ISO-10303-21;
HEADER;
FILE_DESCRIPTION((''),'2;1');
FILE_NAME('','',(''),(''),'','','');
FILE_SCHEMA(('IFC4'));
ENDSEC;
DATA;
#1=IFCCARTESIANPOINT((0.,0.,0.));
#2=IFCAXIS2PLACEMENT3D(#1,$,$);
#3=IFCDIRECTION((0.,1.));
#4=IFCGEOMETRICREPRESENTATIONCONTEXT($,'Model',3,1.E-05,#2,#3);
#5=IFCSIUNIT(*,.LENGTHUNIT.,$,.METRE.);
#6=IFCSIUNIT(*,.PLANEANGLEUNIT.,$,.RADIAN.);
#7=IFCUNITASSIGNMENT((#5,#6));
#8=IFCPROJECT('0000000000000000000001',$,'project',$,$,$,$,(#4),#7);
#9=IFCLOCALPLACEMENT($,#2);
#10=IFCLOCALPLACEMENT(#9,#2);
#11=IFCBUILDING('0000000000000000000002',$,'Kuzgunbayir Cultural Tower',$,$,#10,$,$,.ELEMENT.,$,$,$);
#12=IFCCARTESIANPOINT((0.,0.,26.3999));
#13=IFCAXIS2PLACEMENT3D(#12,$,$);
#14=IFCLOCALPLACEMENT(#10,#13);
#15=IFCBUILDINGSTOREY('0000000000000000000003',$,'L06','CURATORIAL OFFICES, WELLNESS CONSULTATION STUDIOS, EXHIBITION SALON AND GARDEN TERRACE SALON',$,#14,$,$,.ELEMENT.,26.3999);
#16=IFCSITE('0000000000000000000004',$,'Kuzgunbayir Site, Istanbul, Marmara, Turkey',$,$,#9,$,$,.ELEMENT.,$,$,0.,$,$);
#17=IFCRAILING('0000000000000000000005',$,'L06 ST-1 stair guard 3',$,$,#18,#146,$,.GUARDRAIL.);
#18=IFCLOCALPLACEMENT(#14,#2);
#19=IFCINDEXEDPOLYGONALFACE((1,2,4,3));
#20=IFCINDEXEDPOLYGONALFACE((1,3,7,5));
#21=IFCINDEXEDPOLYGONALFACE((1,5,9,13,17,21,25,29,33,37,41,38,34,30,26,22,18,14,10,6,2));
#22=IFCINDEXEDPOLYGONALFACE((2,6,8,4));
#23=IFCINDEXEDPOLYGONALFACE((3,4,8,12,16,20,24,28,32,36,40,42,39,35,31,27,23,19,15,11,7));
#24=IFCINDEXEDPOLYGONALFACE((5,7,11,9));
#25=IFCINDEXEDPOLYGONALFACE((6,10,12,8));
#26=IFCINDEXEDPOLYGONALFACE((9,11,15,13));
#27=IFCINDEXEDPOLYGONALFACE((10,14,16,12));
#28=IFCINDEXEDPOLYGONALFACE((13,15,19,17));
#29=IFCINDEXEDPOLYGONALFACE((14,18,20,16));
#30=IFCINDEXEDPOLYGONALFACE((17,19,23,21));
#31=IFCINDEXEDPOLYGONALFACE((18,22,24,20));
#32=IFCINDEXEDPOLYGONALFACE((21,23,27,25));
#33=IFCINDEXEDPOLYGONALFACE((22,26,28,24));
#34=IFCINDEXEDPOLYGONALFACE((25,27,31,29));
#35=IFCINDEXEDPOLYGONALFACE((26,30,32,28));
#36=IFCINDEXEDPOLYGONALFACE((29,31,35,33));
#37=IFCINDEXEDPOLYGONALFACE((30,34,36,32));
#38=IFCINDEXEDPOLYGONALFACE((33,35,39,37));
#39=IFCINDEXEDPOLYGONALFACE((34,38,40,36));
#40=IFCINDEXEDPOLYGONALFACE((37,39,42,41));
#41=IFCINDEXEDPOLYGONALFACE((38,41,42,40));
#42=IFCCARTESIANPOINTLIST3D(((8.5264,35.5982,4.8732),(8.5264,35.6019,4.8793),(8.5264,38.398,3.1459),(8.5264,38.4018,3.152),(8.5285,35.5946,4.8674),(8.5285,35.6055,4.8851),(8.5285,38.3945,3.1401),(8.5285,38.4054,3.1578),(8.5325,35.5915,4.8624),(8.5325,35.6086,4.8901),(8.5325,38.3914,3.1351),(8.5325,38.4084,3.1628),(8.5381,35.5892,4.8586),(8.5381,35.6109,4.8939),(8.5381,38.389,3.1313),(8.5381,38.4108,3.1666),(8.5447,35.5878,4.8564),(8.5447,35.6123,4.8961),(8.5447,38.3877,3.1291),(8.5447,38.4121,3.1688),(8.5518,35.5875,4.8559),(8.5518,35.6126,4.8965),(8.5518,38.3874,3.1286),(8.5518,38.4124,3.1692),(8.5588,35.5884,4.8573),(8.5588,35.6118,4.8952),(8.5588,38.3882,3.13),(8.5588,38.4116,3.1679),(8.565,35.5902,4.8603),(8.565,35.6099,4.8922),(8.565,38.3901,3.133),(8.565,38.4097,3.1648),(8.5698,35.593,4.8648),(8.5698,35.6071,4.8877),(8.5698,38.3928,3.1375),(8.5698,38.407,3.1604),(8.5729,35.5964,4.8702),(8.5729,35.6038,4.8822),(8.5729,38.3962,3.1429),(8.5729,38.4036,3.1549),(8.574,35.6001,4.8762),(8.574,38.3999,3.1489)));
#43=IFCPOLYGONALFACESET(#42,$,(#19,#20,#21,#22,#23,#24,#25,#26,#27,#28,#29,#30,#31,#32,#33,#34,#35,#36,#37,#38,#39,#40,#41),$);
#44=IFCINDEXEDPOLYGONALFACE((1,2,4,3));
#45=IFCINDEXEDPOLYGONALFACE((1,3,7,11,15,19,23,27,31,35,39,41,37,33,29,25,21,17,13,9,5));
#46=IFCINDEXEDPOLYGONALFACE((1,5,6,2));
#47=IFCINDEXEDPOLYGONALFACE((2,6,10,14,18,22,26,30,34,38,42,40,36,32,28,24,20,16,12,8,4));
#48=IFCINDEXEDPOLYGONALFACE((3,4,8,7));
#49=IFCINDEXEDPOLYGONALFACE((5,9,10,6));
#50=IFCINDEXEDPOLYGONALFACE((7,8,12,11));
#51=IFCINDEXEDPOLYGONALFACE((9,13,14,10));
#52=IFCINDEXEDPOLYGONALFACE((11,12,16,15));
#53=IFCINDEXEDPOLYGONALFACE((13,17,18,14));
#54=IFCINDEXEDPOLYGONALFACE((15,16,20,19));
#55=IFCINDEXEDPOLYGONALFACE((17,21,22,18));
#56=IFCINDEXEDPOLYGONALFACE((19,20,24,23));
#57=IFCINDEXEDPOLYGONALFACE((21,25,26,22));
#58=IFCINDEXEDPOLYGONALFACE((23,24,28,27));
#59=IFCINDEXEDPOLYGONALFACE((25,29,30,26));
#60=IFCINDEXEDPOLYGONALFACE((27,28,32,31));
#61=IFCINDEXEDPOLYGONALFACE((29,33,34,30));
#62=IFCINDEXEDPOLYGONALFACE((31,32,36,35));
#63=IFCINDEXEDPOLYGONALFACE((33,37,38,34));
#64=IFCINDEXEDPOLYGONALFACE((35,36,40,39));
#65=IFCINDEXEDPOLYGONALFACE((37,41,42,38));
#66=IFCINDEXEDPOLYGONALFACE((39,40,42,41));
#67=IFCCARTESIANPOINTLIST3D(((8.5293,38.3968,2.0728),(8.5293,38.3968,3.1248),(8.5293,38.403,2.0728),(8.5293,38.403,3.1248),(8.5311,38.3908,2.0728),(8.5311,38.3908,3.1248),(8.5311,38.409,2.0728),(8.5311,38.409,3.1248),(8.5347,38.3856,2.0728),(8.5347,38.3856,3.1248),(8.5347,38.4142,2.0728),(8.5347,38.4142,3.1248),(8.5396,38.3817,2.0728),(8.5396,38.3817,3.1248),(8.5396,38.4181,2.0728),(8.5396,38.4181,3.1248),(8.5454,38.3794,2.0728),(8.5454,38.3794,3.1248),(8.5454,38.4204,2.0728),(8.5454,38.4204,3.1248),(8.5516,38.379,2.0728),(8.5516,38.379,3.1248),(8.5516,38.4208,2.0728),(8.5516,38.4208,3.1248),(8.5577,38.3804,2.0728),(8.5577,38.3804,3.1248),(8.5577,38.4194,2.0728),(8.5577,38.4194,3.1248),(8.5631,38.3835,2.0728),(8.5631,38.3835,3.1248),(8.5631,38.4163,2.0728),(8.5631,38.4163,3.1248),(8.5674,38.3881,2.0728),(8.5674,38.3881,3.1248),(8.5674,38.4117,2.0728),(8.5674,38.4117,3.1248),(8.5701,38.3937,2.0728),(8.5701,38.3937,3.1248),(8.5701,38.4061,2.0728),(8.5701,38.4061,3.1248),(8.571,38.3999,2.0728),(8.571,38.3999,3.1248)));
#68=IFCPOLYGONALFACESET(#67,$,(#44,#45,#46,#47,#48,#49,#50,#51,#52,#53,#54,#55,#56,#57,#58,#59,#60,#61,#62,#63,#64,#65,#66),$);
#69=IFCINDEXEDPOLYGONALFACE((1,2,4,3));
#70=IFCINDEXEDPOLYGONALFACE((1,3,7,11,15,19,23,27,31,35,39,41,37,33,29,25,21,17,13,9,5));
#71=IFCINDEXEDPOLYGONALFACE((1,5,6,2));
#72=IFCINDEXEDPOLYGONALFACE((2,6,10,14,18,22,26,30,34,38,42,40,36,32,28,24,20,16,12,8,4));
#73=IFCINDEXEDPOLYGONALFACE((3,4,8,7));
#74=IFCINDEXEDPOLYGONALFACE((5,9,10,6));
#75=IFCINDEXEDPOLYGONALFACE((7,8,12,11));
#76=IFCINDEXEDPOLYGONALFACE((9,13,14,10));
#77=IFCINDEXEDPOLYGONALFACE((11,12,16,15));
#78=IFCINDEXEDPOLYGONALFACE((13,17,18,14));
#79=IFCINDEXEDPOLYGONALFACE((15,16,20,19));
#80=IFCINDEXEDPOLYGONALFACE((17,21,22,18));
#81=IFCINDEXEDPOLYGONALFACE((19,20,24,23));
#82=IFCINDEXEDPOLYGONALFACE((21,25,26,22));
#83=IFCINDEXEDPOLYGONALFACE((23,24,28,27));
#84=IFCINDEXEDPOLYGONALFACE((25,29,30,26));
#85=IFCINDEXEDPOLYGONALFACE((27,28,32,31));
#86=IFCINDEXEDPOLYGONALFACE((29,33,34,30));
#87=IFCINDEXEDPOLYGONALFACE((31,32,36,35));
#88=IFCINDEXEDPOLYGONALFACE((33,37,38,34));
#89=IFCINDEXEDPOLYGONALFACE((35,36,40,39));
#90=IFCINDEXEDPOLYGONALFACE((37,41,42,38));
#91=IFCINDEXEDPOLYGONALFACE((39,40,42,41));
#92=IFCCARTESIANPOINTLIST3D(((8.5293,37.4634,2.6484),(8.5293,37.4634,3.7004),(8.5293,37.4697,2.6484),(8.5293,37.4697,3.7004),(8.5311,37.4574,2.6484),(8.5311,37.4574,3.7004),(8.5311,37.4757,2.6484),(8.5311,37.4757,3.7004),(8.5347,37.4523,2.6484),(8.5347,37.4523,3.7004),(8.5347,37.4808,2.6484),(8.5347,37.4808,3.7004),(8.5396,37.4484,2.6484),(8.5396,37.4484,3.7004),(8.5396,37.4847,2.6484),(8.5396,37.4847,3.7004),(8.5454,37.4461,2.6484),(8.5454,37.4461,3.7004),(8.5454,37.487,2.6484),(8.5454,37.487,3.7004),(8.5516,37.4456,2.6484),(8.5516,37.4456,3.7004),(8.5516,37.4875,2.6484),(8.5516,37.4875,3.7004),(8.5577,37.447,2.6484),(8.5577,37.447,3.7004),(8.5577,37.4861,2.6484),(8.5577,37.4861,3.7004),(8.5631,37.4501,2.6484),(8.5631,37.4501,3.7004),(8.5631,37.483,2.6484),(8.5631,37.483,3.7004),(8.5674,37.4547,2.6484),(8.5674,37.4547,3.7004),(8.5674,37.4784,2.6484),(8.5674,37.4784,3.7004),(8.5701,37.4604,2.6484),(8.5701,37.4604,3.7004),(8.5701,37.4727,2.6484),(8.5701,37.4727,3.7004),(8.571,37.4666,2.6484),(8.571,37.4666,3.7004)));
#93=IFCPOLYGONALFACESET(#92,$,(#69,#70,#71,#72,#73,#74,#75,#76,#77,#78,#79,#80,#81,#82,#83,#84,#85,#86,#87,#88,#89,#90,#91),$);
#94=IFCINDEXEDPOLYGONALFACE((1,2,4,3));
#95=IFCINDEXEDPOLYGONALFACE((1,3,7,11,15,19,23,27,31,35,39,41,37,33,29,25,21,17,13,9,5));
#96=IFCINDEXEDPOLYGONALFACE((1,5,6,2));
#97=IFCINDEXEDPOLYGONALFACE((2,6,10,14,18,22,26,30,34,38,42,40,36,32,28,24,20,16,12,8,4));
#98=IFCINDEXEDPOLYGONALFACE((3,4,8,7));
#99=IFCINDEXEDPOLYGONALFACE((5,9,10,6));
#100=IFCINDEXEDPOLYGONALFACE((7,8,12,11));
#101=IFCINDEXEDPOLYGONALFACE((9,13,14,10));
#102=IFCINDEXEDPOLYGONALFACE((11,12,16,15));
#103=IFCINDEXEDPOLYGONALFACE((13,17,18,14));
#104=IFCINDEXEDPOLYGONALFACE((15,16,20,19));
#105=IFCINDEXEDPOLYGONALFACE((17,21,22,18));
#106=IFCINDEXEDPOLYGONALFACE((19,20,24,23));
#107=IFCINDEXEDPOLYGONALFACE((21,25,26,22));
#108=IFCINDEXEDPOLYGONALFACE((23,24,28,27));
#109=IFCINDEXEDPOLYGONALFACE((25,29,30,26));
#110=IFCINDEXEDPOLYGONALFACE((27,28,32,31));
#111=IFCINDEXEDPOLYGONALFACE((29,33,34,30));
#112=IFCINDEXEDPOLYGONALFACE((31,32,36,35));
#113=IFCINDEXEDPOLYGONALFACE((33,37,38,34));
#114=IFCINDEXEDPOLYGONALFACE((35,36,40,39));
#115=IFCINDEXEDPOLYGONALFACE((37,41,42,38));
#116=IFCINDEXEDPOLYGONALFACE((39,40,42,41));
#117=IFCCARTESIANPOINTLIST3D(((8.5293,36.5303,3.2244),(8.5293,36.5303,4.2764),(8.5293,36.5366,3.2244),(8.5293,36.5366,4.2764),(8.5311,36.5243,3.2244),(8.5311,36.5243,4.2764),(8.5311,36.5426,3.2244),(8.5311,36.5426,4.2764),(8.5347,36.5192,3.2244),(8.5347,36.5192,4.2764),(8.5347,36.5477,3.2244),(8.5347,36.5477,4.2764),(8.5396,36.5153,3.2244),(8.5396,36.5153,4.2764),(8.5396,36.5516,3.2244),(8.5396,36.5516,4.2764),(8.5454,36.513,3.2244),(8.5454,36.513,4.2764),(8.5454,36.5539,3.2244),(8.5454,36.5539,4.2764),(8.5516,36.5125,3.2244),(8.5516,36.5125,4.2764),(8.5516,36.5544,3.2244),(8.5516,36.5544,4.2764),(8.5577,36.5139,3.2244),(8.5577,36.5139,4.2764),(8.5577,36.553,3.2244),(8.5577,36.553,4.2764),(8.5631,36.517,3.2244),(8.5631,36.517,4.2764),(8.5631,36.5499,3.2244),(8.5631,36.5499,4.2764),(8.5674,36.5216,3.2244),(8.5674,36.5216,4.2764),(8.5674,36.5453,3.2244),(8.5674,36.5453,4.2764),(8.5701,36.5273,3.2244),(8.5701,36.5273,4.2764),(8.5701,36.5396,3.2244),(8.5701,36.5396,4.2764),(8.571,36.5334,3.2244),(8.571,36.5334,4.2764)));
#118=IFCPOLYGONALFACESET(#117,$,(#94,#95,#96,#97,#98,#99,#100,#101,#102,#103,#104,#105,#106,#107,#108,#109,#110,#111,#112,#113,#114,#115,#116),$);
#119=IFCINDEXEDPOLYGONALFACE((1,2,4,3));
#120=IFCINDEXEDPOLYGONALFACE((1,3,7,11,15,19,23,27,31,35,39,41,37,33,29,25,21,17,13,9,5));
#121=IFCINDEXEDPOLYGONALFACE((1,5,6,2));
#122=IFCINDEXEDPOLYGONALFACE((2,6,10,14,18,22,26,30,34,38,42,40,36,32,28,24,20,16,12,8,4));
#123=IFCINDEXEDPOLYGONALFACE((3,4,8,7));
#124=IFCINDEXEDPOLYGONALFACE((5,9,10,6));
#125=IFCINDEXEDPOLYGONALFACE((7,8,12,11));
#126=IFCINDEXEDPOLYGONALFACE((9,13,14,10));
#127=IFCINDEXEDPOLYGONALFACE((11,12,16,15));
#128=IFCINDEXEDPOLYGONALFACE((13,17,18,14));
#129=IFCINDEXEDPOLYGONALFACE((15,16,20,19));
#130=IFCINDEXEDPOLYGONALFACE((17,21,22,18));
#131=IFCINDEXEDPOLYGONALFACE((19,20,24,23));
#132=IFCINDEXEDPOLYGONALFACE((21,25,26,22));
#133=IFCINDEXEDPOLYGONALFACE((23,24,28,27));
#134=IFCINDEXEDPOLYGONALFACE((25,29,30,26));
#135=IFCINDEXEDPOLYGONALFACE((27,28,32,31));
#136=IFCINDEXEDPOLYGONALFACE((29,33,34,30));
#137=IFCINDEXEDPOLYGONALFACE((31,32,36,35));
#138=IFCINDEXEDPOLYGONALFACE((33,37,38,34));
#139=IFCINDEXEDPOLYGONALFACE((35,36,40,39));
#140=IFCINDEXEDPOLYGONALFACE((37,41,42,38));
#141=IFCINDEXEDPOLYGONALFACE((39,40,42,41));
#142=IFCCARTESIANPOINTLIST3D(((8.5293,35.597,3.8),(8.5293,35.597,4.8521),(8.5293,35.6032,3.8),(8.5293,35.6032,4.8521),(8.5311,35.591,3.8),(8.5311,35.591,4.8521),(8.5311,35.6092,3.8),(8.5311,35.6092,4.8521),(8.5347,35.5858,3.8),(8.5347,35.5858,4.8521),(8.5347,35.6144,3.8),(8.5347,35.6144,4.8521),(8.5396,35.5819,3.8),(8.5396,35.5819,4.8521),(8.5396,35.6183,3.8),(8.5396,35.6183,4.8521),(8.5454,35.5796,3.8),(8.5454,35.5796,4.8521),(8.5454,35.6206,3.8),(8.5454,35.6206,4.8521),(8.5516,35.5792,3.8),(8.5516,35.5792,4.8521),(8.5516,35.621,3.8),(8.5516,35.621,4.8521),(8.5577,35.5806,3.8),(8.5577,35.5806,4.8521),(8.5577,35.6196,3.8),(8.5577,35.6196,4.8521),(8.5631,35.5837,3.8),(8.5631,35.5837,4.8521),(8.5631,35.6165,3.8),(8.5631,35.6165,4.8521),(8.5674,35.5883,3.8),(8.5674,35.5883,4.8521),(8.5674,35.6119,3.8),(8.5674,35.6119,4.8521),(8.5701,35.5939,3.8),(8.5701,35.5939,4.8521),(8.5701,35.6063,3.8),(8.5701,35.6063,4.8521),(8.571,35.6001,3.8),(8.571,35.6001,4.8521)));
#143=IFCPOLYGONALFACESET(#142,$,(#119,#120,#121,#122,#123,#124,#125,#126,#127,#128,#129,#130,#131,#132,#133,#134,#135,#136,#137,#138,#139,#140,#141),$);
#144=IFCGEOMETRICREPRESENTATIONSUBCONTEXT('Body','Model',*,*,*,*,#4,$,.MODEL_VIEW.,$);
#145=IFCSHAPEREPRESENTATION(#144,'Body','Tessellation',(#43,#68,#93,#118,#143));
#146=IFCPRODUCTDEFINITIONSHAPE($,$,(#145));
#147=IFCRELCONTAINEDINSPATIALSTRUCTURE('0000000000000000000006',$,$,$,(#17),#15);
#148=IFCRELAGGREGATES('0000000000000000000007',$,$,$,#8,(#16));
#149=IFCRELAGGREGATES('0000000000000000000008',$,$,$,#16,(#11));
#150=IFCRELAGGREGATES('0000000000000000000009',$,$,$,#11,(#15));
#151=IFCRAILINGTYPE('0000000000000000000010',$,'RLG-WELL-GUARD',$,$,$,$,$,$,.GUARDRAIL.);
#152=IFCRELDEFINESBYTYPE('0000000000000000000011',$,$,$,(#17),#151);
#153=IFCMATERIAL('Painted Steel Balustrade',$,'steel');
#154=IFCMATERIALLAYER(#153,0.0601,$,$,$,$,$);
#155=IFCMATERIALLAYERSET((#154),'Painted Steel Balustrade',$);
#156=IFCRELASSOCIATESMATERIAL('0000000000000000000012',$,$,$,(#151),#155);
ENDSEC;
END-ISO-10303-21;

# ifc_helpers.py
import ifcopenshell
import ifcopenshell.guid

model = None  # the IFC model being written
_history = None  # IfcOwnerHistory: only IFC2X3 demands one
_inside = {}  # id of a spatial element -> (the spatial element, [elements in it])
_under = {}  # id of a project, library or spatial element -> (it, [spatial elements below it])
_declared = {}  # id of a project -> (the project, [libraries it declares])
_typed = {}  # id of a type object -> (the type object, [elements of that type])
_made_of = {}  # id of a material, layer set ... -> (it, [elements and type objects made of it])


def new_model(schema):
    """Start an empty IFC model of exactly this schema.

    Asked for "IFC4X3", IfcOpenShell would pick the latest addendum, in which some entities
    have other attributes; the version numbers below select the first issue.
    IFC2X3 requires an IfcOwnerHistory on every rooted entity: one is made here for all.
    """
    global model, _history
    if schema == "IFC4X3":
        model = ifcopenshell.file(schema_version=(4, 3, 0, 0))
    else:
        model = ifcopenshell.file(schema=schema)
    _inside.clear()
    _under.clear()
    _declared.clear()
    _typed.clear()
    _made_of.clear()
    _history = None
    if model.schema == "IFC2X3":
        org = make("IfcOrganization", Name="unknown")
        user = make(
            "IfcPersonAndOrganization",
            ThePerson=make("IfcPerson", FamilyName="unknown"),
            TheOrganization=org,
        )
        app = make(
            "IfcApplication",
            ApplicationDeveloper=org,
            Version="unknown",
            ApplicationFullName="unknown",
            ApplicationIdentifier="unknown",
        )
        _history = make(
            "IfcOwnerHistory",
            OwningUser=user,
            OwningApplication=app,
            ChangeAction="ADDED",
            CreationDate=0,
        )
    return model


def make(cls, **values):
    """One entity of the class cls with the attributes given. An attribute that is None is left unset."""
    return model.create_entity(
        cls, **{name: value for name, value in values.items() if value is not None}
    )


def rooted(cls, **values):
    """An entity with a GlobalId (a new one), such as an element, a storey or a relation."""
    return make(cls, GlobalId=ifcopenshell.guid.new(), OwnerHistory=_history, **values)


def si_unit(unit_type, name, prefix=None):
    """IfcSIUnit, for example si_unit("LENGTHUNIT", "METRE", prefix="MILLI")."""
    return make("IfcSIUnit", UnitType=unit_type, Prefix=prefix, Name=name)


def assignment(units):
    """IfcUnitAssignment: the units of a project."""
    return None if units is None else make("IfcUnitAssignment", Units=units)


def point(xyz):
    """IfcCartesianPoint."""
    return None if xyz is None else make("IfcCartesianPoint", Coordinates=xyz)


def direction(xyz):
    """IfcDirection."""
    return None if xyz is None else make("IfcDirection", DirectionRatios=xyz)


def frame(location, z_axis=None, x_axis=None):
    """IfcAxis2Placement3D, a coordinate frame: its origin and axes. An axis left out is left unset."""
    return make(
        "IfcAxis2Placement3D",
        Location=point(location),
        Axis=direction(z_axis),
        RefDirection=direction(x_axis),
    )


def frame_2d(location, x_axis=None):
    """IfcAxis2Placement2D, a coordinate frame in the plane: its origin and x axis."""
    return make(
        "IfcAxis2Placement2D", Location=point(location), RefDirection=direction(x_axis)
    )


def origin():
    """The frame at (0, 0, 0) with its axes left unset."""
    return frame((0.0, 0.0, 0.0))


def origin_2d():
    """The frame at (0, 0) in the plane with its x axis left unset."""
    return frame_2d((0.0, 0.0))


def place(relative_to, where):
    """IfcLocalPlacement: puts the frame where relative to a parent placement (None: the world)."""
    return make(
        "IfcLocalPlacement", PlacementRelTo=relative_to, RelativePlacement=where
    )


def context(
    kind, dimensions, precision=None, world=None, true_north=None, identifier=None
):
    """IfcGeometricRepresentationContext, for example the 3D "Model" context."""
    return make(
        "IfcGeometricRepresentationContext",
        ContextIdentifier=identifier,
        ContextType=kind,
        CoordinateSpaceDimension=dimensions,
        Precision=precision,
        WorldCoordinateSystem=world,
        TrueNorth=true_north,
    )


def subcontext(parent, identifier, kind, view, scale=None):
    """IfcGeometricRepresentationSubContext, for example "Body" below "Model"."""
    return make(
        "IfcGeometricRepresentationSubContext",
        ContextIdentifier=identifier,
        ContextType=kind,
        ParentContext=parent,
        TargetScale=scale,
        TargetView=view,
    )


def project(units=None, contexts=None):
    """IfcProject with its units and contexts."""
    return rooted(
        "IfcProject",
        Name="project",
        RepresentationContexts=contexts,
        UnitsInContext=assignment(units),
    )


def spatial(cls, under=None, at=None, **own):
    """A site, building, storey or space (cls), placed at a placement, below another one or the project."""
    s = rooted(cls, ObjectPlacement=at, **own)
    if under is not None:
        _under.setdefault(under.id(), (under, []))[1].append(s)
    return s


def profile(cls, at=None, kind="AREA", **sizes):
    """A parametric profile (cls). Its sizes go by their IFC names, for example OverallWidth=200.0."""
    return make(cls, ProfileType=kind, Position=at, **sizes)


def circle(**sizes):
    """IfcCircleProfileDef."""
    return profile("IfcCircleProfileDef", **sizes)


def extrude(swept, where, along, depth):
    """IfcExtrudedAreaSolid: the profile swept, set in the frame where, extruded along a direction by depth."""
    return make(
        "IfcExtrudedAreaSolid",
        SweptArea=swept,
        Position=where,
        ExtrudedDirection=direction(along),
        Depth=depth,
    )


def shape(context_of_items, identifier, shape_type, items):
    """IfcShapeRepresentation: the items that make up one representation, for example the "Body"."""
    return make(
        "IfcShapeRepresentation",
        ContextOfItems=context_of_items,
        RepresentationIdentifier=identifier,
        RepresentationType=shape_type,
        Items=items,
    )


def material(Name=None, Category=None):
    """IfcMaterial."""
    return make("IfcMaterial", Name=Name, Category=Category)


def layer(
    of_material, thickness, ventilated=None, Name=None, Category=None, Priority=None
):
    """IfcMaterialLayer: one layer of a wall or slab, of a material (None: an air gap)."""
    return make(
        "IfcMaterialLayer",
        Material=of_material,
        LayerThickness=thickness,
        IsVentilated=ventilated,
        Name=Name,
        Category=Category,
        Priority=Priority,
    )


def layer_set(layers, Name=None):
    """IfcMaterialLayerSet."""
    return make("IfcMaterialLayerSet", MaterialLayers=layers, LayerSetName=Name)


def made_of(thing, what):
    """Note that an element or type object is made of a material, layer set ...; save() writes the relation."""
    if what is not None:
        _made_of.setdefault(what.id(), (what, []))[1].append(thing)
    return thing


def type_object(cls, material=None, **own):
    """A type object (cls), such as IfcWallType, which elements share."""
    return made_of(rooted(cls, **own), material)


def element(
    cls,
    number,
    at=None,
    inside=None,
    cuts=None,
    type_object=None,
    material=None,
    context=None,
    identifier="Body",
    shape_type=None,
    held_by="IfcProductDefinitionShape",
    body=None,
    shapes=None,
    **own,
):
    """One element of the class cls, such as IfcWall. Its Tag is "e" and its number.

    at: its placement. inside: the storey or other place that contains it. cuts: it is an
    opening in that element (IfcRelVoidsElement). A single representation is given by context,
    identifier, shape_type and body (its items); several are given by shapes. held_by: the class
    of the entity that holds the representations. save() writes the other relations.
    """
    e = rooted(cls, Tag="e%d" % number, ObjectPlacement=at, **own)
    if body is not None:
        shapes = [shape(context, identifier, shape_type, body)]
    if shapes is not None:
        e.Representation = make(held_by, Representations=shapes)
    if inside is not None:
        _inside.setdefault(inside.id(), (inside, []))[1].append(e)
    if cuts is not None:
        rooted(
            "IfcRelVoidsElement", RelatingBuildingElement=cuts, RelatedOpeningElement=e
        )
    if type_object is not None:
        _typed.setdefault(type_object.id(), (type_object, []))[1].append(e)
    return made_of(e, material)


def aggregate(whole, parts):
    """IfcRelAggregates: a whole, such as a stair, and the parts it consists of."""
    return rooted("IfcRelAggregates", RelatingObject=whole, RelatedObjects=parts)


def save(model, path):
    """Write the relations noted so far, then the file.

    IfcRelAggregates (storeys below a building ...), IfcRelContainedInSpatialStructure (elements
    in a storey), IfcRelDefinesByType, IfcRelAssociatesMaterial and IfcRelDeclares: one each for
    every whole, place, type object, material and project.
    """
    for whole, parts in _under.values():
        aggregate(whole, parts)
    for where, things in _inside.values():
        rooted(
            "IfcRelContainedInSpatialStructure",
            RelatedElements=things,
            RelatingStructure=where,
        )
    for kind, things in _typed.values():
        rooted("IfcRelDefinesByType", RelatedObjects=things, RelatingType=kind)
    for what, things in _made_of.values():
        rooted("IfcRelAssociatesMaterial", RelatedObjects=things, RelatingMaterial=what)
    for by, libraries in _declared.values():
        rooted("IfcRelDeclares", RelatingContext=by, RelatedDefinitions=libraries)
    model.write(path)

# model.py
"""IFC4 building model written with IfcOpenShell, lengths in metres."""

from ifc_helpers import new_model, si_unit, direction, frame, origin, origin_2d, place, context, subcontext, project, spatial, circle, extrude, material, layer, layer_set, type_object, element, save


model = new_model("IFC4")

# Units and contexts
model_context = context("Model", 3, precision=1e-05, world=origin(), true_north=direction((0.0, 1.0)))
body_context = subcontext(model_context, "Body", "Model", "MODEL_VIEW")
ifc_project = project(units=[si_unit("LENGTHUNIT", "METRE"), si_unit("PLANEANGLEUNIT", "RADIAN")], contexts=[model_context])

# Site, building, storey
site_placement = place(None, origin())
site = spatial("IfcSite", under=ifc_project, at=site_placement, Name="Kuzgunbayir Site, Istanbul, Marmara, Turkey", CompositionType="ELEMENT", RefElevation=0.0)
building_placement = place(site_placement, origin())
building = spatial("IfcBuilding", under=site, at=building_placement, Name="Kuzgunbayir Cultural Tower", CompositionType="ELEMENT")
storey_placement = place(building_placement, frame((0.0, 0.0, 26.3999)))
storey = spatial("IfcBuildingStorey", under=building, at=storey_placement, Name="L06", Description="CURATORIAL OFFICES, WELLNESS CONSULTATION STUDIOS, EXHIBITION SALON AND GARDEN TERRACE SALON", CompositionType="ELEMENT", Elevation=26.3999)

# Railing
ifc_material_1 = material(Name="Painted Steel Balustrade", Category="steel")
ifc_layer_1 = layer(ifc_material_1, 0.0601)
ifc_layer_set_1 = layer_set([ifc_layer_1], Name="Painted Steel Balustrade")
railing_type_1 = type_object("IfcRailingType", Name="RLG-WELL-GUARD", PredefinedType="GUARDRAIL", material=ifc_layer_set_1)
railing_1_placement = place(storey_placement, frame((8.55, 38.3999, 2.0728)))
element("IfcRailing", 1, at=railing_1_placement, inside=storey, type_object=railing_type_1, Name="L06 ST-1 stair guard 3", PredefinedType="GUARDRAIL", context=body_context, shape_type="SweptSolid", body=[
    extrude(circle(Radius=0.0239, at=origin_2d()), frame((0.0, 0.0, 1.0762), z_axis=(0.0, -0.851069, 0.525054), x_axis=(1.0, 0.0, 0.0)), (0.0, 0.0, 1.0), 3.2898),
    extrude(circle(Radius=0.021, at=origin_2d()), origin(), (0.0, 0.0, 1.0), 1.052),
    extrude(circle(Radius=0.021, at=origin_2d()), frame((0.0, -0.9333, 0.5757)), (0.0, 0.0, 1.0), 1.052),
    extrude(circle(Radius=0.021, at=origin_2d()), frame((0.0, -1.8665, 1.1516)), (0.0, 0.0, 1.0), 1.052),
    extrude(circle(Radius=0.021, at=origin_2d()), frame((0.0, -2.7998, 1.7273)), (0.0, 0.0, 1.0), 1.052),
])

save(model, "model.ifc")
